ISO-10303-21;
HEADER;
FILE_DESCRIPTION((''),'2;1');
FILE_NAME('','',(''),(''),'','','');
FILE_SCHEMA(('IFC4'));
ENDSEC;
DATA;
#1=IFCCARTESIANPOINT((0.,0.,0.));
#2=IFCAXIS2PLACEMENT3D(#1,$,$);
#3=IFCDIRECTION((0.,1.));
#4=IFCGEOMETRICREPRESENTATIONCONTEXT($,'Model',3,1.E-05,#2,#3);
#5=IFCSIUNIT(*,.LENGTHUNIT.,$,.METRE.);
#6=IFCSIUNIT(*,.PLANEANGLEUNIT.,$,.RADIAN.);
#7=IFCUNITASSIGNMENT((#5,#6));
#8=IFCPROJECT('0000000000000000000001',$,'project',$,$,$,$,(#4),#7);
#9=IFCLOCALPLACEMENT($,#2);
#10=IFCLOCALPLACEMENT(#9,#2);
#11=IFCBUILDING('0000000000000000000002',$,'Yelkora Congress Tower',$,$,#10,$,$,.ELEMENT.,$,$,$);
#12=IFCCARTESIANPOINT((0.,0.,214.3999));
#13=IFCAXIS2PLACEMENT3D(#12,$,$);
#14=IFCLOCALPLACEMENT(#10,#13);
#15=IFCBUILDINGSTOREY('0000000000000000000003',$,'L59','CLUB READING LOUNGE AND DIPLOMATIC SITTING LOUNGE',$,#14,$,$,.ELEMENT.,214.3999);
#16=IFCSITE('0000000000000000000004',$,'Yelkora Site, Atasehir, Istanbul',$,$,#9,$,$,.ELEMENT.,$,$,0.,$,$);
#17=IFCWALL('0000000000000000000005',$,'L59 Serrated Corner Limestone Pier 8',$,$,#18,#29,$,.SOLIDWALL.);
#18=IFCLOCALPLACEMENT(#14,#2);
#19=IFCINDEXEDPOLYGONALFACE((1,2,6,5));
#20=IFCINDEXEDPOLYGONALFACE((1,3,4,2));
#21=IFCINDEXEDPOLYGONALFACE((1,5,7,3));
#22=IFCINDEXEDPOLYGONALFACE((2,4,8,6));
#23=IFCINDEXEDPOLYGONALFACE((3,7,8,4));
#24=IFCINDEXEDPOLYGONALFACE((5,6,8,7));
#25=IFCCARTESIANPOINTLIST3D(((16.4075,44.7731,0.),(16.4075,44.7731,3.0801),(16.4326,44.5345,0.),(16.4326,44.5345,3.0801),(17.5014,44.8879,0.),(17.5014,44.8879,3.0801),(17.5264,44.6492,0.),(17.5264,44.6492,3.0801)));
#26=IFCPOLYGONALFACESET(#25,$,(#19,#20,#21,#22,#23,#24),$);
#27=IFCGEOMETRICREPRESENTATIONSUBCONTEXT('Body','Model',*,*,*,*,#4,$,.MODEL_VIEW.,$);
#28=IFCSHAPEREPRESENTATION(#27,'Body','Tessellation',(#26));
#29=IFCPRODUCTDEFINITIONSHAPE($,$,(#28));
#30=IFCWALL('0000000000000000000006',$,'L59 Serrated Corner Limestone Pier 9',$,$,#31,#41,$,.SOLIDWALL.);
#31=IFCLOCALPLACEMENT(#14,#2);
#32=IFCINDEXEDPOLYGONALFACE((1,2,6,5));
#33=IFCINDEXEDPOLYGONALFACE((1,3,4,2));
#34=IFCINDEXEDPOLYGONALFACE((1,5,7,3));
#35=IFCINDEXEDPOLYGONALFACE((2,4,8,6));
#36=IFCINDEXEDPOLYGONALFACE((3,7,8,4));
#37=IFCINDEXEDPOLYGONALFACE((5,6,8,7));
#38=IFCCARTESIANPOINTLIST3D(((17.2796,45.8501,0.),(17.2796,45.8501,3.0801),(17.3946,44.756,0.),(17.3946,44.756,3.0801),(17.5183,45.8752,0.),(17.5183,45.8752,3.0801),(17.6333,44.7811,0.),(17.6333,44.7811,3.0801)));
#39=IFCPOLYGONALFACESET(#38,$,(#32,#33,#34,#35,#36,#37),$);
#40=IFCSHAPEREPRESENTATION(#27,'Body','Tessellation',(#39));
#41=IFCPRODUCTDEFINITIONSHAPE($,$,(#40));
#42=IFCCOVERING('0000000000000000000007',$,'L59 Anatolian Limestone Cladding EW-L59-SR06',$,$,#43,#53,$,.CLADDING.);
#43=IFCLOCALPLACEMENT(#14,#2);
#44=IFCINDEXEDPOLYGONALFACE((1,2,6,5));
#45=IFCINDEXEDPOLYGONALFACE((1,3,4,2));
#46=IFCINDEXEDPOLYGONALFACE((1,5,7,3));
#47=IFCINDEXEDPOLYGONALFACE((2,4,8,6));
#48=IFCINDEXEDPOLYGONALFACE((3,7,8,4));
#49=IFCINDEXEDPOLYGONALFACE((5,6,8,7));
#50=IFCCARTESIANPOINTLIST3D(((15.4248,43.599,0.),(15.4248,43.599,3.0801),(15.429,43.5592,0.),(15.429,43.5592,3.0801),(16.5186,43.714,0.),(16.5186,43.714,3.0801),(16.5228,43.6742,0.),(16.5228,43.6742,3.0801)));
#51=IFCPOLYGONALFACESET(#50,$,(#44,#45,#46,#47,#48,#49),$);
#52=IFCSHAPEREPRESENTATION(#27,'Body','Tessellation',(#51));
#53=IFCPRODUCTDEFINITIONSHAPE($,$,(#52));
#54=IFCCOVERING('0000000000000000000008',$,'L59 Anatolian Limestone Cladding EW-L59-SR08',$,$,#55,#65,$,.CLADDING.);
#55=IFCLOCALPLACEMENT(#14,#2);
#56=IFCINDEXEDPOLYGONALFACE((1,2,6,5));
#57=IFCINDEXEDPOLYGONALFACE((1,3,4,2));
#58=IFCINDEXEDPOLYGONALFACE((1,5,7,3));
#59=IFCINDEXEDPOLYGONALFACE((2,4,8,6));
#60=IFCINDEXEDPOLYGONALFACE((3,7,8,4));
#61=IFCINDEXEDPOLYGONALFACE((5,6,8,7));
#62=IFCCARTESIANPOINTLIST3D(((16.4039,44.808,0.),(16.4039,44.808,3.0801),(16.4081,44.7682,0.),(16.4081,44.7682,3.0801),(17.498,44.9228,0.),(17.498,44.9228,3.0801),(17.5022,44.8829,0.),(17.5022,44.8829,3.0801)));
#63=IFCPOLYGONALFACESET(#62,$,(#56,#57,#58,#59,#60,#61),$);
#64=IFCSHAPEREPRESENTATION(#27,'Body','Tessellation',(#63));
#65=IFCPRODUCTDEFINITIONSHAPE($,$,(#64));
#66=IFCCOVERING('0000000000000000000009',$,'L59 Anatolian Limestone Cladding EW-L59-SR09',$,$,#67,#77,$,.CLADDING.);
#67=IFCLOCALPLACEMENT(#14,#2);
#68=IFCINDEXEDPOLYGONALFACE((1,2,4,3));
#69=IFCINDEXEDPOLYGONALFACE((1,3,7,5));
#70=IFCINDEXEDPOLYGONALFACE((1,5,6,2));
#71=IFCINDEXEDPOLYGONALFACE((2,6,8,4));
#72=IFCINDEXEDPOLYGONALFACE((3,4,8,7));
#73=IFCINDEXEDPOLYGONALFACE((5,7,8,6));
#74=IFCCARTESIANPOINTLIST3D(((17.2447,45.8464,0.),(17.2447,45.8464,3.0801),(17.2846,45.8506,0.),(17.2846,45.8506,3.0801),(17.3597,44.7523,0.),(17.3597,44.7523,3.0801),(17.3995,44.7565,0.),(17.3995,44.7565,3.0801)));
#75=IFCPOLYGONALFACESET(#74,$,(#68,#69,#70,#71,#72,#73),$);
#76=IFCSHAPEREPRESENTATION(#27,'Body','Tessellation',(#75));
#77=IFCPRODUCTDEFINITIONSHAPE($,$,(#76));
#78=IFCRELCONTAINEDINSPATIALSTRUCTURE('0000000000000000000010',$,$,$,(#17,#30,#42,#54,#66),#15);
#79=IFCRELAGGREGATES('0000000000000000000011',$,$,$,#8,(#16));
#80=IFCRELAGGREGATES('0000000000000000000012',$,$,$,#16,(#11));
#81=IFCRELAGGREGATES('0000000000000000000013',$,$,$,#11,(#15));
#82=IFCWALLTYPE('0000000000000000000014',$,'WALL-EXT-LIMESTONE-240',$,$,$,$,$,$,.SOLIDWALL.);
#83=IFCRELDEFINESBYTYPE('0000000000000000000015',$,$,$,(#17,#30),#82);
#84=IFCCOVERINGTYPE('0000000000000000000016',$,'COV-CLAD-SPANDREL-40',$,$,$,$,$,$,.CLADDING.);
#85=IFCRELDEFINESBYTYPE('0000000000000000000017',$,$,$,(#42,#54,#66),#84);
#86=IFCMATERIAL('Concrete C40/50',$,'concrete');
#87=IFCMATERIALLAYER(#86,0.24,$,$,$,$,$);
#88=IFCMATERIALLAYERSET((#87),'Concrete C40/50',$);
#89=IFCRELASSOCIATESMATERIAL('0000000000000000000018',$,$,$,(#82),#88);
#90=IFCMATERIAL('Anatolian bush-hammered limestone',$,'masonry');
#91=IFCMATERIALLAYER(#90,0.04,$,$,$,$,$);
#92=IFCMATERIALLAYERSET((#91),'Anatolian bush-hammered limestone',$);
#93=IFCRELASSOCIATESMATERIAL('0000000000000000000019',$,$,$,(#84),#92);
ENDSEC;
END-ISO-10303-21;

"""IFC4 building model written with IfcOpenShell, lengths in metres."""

from ifc_helpers import new_model, si_unit, direction, frame, frame_2d, origin, place, context, subcontext, project, spatial, rectangle, extrude, material, layer, layer_set, type_object, element, save


model = new_model("IFC4")

# Units and contexts
model_context = context("Model", 3, precision=1e-05, world=origin(), true_north=direction((0.0, 1.0)))
body_context = subcontext(model_context, "Body", "Model", "MODEL_VIEW")
ifc_project = project(units=[si_unit("LENGTHUNIT", "METRE"), si_unit("PLANEANGLEUNIT", "RADIAN")], contexts=[model_context])

# Site, building, storey
site_placement = place(None, origin())
site = spatial("IfcSite", under=ifc_project, at=site_placement, Name="Yelkora Site, Atasehir, Istanbul", CompositionType="ELEMENT", RefElevation=0.0)
building_placement = place(site_placement, origin())
building = spatial("IfcBuilding", under=site, at=building_placement, Name="Yelkora Congress Tower", CompositionType="ELEMENT")
storey_placement = place(building_placement, frame((0.0, 0.0, 214.3999)))
storey = spatial("IfcBuildingStorey", under=building, at=storey_placement, Name="L59", Description="CLUB READING LOUNGE AND DIPLOMATIC SITTING LOUNGE", CompositionType="ELEMENT", Elevation=214.3999)

# Walls
ifc_material_1 = material(Name="Concrete C40/50", Category="concrete")
ifc_layer_1 = layer(ifc_material_1, 0.24)
ifc_layer_set_1 = layer_set([ifc_layer_1], Name="Concrete C40/50")
wall_type_1 = type_object("IfcWallType", Name="WALL-EXT-LIMESTONE-240", PredefinedType="SOLIDWALL", material=ifc_layer_set_1)
wall_1_placement = place(storey_placement, frame((16.4202, 44.6538, 0.0), z_axis=(0.0, 0.0, 1.0), x_axis=(0.994542, 0.104338, 0.0)))
element("IfcWall", 1, at=wall_1_placement, inside=storey, type_object=wall_type_1, Name="L59 Serrated Corner Limestone Pier 8", PredefinedType="SOLIDWALL", context=body_context, shape_type="SweptSolid", body=[
    extrude(rectangle(XDim=1.0999, YDim=0.24, at=frame_2d((0.5498, 0.0))), origin(), (0.0, 0.0, 1.0), 3.0801),
])
wall_2_placement = place(storey_placement, frame((17.5139, 44.7686, 0.0), z_axis=(0.0, 0.0, 1.0), x_axis=(-0.104535, 0.994521, 0.0)))
element("IfcWall", 2, at=wall_2_placement, inside=storey, type_object=wall_type_1, Name="L59 Serrated Corner Limestone Pier 9", PredefinedType="SOLIDWALL", context=body_context, shape_type="SweptSolid", body=[
    extrude(rectangle(XDim=1.1001, YDim=0.24, at=frame_2d((0.55, 0.0))), origin(), (0.0, 0.0, 1.0), 3.0801),
])

# Coverings
ifc_material_2 = material(Name="Anatolian bush-hammered limestone", Category="masonry")
ifc_layer_2 = layer(ifc_material_2, 0.04)
ifc_layer_set_2 = layer_set([ifc_layer_2], Name="Anatolian bush-hammered limestone")
covering_type = type_object("IfcCoveringType", Name="COV-CLAD-SPANDREL-40", PredefinedType="CLADDING", material=ifc_layer_set_2)
covering_placement = place(storey_placement, frame((15.427, 43.5791, 0.0), z_axis=(0.0, 0.0, 1.0), x_axis=(0.994519, 0.104558, 0.0)))
element("IfcCovering", 3, at=covering_placement, inside=storey, type_object=covering_type, Name="L59 Anatolian Limestone Cladding EW-L59-SR06", PredefinedType="CLADDING", context=body_context, shape_type="SweptSolid", body=[
    extrude(rectangle(XDim=1.0999, YDim=0.04, at=frame_2d((0.5498, 0.0))), origin(), (0.0, 0.0, 1.0), 3.0801),
])
for number, where, z_axis, x_axis, name in (
    (4, (16.406, 44.7881, 0.0), (0.0, 0.0, 1.0), (0.994544, 0.104315, 0.0), "L59 Anatolian Limestone Cladding EW-L59-SR08"),
    (5, (17.3796, 44.7544, 0.0), (0.0, 0.0, 1.0), (-0.104535, 0.994521, 0.0), "L59 Anatolian Limestone Cladding EW-L59-SR09"),
):
    element("IfcCovering", number, at=place(storey_placement, frame(where, z_axis=z_axis, x_axis=x_axis)), inside=storey, type_object=covering_type, Name=name, PredefinedType="CLADDING", context=body_context, shape_type="SweptSolid", body=[
        extrude(rectangle(XDim=1.1001, YDim=0.04, at=frame_2d((0.55, 0.0))), origin(), (0.0, 0.0, 1.0), 3.0801),
    ])

save(model, "model.ifc")
